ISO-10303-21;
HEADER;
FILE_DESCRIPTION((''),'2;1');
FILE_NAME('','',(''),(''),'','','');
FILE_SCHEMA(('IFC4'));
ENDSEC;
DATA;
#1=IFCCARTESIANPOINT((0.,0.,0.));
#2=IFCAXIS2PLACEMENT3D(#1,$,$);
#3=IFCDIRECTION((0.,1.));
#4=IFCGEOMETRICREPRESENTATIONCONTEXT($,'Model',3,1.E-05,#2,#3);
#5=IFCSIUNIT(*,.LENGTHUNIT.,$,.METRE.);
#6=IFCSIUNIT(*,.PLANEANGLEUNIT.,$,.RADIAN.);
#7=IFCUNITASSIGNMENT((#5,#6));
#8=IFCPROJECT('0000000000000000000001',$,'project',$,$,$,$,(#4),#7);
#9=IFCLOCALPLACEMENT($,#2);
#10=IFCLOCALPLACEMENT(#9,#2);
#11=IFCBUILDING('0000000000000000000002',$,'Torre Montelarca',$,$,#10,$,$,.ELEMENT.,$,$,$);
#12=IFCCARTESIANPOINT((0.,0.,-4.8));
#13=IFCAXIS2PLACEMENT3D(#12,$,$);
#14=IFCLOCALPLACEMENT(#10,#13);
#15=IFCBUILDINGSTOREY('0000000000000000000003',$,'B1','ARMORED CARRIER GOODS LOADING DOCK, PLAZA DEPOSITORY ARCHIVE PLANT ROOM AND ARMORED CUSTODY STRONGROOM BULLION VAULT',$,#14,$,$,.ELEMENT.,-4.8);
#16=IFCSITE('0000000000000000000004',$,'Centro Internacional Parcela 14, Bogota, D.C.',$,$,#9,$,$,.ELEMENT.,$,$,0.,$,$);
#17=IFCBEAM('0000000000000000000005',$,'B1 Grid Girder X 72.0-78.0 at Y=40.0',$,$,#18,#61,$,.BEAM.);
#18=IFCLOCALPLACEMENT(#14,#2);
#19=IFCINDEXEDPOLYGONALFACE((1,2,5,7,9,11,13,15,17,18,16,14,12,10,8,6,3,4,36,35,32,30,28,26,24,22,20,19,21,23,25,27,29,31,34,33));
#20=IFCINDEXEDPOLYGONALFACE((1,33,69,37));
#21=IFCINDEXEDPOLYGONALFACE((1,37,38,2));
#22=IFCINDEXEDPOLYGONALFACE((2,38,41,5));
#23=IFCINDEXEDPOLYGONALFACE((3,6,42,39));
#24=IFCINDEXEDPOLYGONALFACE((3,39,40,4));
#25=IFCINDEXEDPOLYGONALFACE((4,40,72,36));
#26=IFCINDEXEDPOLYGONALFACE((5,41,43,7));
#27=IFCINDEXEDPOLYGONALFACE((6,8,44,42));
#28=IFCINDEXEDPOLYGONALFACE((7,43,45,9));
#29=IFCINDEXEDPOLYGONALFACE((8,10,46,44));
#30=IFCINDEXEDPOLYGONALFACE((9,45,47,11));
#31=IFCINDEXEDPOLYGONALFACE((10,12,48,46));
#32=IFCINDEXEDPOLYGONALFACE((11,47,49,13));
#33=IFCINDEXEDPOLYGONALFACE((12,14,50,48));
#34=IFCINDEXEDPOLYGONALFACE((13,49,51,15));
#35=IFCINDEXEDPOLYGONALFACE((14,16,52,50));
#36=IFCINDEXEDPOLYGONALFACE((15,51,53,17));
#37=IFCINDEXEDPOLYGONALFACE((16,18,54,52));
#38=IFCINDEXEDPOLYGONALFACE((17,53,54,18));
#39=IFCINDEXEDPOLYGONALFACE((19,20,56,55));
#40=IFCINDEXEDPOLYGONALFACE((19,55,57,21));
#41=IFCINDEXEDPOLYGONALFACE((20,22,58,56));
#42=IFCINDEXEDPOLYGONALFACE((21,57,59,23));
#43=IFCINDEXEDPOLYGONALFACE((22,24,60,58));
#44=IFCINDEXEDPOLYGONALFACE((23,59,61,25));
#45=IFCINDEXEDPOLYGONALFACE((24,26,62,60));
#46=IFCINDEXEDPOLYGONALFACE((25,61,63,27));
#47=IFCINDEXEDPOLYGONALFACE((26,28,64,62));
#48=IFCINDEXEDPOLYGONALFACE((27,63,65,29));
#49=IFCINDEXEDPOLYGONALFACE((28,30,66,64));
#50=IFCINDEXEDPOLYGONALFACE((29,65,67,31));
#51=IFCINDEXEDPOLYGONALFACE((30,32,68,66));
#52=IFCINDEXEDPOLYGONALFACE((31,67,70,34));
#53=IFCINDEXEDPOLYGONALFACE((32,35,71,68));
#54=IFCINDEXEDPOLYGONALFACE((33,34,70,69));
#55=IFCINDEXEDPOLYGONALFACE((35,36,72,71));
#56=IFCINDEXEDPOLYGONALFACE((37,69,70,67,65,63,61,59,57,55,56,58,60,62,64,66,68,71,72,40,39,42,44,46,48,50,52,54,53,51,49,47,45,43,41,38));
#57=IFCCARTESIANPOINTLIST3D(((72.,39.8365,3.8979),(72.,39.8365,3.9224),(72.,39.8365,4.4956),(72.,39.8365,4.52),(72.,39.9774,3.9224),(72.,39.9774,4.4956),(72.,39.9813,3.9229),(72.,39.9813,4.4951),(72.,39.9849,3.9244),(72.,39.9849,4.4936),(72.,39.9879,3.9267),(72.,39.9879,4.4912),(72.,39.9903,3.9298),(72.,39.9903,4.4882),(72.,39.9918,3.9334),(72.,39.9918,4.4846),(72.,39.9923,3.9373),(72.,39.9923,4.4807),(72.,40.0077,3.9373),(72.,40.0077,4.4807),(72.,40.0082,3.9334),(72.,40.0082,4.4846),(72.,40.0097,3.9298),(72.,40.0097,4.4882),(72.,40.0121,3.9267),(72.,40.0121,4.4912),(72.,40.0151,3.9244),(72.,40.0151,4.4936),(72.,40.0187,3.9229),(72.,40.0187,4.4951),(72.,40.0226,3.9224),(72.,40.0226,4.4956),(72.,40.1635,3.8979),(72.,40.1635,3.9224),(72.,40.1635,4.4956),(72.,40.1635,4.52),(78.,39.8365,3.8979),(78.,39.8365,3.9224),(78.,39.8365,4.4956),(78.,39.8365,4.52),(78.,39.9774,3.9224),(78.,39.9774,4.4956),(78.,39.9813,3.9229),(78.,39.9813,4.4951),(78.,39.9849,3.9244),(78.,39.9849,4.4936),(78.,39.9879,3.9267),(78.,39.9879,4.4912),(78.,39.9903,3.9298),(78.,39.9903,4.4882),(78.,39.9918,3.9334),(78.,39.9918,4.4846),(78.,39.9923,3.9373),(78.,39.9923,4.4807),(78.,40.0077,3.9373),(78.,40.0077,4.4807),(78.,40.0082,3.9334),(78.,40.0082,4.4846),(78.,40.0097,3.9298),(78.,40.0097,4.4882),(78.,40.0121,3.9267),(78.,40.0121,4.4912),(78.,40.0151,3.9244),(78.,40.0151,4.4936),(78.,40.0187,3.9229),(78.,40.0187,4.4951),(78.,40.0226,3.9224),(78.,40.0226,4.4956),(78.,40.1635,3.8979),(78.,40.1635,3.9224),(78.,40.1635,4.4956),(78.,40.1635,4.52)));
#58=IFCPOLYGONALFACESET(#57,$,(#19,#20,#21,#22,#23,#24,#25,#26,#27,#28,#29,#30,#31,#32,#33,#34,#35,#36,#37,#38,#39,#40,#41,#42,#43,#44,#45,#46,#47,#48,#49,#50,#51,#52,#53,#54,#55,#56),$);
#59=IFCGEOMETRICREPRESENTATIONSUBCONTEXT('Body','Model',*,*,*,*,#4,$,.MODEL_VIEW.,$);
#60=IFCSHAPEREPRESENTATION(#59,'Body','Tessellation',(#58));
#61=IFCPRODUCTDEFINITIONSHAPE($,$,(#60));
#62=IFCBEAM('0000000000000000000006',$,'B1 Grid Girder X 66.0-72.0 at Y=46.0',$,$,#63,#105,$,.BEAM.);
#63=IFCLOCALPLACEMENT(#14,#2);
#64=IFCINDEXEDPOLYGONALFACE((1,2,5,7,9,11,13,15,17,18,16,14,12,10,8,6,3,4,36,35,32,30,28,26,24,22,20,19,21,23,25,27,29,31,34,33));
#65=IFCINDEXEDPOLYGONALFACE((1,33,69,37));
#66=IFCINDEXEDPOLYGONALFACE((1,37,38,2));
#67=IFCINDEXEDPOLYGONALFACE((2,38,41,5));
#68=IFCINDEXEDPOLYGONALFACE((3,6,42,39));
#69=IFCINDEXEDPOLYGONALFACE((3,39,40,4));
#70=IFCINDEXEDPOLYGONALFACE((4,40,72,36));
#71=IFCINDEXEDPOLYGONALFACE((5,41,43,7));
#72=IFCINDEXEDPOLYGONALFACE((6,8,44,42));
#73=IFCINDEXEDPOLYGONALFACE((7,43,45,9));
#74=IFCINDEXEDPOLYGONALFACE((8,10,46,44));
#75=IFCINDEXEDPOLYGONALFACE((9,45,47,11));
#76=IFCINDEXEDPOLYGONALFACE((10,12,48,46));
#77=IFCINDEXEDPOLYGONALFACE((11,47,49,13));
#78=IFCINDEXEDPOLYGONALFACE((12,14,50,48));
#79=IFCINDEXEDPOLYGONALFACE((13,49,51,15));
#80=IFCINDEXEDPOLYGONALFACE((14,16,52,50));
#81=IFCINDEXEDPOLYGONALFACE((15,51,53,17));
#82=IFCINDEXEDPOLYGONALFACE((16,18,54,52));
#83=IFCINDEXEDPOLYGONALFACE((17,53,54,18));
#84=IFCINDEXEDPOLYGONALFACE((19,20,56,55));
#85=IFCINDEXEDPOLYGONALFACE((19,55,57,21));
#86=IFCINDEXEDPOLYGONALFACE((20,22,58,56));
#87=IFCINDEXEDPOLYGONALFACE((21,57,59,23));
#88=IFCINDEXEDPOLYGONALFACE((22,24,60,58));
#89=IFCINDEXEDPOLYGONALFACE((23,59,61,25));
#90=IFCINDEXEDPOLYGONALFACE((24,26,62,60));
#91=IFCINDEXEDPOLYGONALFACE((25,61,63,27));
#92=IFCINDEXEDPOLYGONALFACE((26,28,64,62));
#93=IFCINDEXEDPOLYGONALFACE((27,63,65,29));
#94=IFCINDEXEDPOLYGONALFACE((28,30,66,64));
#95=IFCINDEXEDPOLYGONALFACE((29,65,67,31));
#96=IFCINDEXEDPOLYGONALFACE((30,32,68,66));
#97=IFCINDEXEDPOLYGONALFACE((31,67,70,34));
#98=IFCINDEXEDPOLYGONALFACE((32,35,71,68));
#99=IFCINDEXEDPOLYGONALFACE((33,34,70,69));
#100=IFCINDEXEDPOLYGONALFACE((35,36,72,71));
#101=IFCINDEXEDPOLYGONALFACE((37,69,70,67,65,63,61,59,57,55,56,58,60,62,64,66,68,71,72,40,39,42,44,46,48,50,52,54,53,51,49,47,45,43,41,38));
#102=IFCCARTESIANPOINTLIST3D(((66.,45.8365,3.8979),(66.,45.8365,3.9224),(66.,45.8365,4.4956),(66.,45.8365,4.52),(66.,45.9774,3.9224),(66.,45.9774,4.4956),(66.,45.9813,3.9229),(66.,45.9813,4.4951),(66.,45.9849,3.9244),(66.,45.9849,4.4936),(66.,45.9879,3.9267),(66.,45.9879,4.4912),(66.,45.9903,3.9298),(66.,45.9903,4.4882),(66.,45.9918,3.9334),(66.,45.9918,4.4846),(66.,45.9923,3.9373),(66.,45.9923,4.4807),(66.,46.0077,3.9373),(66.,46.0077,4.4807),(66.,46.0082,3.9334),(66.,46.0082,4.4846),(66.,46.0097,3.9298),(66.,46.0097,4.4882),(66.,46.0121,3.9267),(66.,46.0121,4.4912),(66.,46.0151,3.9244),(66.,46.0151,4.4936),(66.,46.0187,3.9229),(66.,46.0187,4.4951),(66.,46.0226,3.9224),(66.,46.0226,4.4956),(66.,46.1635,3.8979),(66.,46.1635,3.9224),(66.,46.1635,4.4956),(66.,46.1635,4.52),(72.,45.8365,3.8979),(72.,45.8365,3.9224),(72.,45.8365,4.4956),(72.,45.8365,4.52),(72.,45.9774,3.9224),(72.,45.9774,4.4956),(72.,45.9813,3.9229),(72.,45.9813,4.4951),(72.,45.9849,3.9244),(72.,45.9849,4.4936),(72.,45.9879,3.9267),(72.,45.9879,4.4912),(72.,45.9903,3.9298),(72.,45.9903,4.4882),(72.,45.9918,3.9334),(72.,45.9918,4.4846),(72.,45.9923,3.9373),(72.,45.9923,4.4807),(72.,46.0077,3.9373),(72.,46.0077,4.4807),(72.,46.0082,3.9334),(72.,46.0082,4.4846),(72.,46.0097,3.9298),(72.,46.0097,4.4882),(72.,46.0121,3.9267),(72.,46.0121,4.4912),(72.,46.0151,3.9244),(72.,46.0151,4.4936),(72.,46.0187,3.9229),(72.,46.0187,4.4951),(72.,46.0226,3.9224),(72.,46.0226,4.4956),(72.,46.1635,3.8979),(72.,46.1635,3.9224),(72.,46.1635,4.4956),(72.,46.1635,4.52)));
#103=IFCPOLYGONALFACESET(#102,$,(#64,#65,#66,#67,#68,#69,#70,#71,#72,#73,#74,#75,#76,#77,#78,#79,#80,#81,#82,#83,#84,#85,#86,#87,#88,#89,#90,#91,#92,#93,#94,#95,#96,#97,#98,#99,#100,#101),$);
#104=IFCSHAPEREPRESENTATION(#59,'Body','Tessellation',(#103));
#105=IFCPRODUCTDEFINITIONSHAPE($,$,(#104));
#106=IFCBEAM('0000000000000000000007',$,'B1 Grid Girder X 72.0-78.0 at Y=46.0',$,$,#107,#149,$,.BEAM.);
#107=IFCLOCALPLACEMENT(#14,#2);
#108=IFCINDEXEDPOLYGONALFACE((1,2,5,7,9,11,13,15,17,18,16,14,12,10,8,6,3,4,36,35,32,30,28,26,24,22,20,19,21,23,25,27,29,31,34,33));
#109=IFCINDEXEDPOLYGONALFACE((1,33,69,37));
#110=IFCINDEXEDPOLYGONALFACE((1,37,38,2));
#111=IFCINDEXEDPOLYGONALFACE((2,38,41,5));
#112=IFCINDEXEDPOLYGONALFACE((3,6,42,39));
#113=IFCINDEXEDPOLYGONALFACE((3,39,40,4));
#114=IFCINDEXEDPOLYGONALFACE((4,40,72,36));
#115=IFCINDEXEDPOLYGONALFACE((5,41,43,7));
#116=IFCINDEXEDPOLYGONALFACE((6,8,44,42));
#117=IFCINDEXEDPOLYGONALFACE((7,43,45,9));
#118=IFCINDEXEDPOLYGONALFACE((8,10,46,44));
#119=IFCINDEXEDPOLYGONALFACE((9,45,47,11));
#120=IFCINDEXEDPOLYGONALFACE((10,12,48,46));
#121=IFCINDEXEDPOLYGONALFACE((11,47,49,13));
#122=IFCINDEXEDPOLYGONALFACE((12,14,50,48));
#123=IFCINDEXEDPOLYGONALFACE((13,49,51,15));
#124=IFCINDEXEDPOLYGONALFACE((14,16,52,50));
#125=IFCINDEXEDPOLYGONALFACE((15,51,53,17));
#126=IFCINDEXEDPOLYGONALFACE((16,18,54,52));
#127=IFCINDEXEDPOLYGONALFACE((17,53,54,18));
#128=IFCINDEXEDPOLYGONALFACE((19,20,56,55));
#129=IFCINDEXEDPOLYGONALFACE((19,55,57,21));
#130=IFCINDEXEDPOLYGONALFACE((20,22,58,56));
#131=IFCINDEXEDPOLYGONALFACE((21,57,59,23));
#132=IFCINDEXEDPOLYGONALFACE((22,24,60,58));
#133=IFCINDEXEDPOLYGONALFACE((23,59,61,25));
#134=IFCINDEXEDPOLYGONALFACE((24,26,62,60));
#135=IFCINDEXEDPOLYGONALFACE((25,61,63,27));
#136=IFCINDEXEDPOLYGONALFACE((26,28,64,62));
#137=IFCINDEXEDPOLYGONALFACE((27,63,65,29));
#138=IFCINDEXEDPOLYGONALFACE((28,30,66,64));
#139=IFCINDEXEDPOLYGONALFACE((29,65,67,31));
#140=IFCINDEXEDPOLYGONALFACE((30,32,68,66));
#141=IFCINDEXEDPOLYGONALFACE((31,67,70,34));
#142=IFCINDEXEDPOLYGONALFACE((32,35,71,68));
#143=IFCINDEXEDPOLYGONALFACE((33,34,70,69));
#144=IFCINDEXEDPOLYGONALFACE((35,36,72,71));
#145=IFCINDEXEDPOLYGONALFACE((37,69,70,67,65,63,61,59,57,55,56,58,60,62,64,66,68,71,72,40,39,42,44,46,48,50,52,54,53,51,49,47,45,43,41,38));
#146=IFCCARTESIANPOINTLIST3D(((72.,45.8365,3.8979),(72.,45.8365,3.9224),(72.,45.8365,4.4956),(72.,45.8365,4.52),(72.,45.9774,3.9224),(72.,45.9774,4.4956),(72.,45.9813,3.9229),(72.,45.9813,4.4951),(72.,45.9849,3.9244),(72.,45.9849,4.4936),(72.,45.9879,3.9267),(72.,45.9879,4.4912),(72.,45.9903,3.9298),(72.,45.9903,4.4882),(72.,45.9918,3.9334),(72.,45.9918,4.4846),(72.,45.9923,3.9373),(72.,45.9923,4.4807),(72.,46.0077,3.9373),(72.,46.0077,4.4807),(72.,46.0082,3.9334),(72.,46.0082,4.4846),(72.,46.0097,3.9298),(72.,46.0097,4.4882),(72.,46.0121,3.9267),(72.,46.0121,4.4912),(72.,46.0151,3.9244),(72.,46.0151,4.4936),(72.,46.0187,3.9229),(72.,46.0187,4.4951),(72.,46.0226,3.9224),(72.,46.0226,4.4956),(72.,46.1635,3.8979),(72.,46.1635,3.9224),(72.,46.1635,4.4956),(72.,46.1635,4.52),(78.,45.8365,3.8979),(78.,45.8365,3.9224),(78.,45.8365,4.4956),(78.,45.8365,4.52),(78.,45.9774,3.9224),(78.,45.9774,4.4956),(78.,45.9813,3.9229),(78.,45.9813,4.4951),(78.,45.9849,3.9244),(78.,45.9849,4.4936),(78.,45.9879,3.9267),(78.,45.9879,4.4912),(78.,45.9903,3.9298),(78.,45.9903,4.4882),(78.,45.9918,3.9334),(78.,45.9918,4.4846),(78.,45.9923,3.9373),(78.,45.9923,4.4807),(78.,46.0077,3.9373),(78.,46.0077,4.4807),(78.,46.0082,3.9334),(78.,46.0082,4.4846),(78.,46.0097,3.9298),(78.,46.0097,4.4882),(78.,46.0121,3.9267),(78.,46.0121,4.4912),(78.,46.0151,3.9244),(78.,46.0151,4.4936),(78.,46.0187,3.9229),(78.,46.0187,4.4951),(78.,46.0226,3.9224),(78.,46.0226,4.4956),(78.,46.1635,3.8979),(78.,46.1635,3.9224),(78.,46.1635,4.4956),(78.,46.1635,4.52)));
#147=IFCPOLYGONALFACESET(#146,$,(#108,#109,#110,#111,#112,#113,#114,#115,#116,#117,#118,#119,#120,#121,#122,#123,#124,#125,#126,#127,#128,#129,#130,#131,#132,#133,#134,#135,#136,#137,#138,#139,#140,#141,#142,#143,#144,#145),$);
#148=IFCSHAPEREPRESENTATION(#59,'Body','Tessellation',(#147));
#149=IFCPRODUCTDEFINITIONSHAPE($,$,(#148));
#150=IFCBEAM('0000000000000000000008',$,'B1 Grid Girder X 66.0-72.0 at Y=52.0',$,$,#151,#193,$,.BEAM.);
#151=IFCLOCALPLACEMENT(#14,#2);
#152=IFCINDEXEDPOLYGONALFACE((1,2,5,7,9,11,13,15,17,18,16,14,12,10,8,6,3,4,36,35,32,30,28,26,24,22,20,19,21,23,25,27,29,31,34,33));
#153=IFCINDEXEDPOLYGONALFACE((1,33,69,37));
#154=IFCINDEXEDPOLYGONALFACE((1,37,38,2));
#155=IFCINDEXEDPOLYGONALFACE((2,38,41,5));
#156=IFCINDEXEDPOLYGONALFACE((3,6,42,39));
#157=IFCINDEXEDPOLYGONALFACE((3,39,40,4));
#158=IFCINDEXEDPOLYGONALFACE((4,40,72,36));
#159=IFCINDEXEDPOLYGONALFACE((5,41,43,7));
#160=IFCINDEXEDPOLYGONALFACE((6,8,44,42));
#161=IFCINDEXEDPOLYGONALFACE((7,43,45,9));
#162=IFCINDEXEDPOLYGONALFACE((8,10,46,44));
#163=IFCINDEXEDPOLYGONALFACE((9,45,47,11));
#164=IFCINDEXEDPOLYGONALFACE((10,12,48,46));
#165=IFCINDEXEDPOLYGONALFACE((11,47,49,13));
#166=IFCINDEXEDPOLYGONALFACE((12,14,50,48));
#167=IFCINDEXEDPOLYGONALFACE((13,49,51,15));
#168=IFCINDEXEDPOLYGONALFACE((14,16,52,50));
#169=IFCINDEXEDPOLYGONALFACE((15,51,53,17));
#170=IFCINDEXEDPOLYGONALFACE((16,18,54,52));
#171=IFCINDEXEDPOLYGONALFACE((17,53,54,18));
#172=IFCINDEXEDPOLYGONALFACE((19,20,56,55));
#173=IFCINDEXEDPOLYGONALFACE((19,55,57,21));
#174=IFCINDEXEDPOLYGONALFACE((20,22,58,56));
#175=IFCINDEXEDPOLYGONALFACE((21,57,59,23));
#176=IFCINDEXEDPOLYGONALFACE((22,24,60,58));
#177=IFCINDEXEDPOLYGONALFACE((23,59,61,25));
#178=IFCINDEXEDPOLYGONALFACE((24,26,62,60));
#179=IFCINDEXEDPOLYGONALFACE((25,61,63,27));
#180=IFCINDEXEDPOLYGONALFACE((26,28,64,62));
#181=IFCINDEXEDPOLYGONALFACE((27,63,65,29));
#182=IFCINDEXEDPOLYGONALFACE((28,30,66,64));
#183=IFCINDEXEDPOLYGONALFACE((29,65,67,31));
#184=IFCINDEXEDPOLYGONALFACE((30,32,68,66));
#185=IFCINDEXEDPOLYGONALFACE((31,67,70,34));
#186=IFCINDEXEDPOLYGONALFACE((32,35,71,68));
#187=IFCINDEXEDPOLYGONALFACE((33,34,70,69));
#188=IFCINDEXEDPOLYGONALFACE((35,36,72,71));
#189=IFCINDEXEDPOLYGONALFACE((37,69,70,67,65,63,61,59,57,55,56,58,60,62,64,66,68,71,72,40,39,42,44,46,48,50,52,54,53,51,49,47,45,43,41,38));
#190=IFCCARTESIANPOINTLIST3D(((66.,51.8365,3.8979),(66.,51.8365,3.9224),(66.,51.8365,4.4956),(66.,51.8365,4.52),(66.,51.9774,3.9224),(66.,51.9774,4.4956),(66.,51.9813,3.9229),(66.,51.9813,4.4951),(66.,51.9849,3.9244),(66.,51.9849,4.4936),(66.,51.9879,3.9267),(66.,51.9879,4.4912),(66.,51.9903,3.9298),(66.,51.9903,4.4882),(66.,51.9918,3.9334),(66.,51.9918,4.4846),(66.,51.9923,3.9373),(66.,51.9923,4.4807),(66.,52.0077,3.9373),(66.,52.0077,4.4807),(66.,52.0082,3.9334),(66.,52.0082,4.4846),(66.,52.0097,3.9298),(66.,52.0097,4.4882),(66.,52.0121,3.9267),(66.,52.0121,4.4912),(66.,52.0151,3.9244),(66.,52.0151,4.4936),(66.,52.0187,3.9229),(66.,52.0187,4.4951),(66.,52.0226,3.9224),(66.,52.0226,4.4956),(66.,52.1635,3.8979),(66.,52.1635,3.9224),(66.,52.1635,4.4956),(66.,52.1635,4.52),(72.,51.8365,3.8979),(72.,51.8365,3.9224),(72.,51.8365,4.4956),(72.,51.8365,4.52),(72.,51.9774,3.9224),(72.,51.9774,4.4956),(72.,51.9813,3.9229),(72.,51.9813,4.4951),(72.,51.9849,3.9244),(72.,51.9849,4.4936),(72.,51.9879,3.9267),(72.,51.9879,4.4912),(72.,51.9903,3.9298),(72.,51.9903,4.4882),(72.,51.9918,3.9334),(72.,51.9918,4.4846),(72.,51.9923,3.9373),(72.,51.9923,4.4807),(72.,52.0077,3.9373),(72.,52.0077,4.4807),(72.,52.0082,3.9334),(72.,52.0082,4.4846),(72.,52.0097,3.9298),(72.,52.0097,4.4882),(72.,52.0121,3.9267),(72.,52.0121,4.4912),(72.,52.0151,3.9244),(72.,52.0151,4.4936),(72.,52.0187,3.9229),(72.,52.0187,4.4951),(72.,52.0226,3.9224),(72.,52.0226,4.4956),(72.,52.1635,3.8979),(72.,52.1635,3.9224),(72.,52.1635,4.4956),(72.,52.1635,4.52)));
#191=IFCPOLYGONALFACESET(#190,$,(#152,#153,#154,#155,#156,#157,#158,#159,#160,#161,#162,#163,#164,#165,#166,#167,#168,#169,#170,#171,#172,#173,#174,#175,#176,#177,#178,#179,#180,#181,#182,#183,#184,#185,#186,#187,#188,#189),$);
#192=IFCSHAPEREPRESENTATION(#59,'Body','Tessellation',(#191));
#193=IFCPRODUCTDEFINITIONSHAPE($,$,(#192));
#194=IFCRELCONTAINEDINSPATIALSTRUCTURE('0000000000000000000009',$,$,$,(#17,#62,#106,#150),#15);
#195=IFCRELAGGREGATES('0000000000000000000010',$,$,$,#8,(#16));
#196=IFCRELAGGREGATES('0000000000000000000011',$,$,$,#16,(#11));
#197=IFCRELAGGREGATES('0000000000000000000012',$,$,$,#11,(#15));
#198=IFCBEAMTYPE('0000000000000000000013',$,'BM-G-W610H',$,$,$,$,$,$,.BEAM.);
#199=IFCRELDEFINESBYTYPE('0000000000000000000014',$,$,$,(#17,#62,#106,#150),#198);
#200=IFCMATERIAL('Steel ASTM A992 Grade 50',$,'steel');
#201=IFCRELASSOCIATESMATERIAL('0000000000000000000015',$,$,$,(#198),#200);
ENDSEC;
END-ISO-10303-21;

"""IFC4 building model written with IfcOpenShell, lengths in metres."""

from ifc_helpers import new_model, si_unit, direction, frame, origin, origin_2d, place, context, subcontext, project, spatial, i_section, extrude, source, transform, mapped, material, material_profile, profile_set, type_object, element, save


model = new_model("IFC4")

# Units and contexts
model_context = context("Model", 3, precision=1e-05, world=origin(), true_north=direction((0.0, 1.0)))
body_context = subcontext(model_context, "Body", "Model", "MODEL_VIEW")
ifc_project = project(units=[si_unit("LENGTHUNIT", "METRE"), si_unit("PLANEANGLEUNIT", "RADIAN")], contexts=[model_context])

# Site, building, storey
site_placement = place(None, origin())
site = spatial("IfcSite", under=ifc_project, at=site_placement, Name="Centro Internacional Parcela 14, Bogota, D.C.", CompositionType="ELEMENT", RefElevation=0.0)
building_placement = place(site_placement, origin())
building = spatial("IfcBuilding", under=site, at=building_placement, Name="Torre Montelarca", CompositionType="ELEMENT")
storey_placement = place(building_placement, frame((0.0, 0.0, -4.8)))
storey = spatial("IfcBuildingStorey", under=building, at=storey_placement, Name="B1", Description="ARMORED CARRIER GOODS LOADING DOCK, PLAZA DEPOSITORY ARCHIVE PLANT ROOM AND ARMORED CUSTODY STRONGROOM BULLION VAULT", CompositionType="ELEMENT", Elevation=-4.8)

# Beams
ifc_material_1 = material(Name="Steel ASTM A992 Grade 50", Category="steel")
ifc_material_profile_1 = material_profile(ifc_material_1, i_section(OverallWidth=0.3269, OverallDepth=0.6221, WebThickness=0.0154, FlangeThickness=0.0244, FilletRadius=0.0149, at=origin_2d()), Name="W610X195", Category="steel")
ifc_profile_set_1 = profile_set([ifc_material_profile_1], Name="Steel ASTM A992 Grade 50")
beam_type_1 = type_object("IfcBeamType", Name="BM-G-W610H", PredefinedType="BEAM", material=ifc_profile_set_1)
shared_shape_1 = source(origin(), body_context, "Body", "SweptSolid", [
    extrude(i_section(OverallWidth=0.3269, OverallDepth=0.6221, WebThickness=0.0154, FlangeThickness=0.0244, FilletRadius=0.0149, at=origin_2d()), origin(), (0.0, 0.0, 1.0), 6.0),
])
for number, where, z_axis, x_axis, name in (
    (1, (72.0, 40.0, 4.209), (1.0, 0.0, 0.0), (0.0, 1.0, 0.0), "B1 Grid Girder X 72.0-78.0 at Y=40.0"),
    (2, (66.0, 46.0, 4.209), (1.0, 0.0, 0.0), (0.0, 1.0, 0.0), "B1 Grid Girder X 66.0-72.0 at Y=46.0"),
    (3, (72.0, 46.0, 4.209), (1.0, 0.0, 0.0), (0.0, 1.0, 0.0), "B1 Grid Girder X 72.0-78.0 at Y=46.0"),
    (4, (66.0, 52.0, 4.209), (1.0, 0.0, 0.0), (0.0, 1.0, 0.0), "B1 Grid Girder X 66.0-72.0 at Y=52.0"),
):
    element("IfcBeam", number, at=place(storey_placement, frame(where, z_axis=z_axis, x_axis=x_axis)), inside=storey, type_object=beam_type_1, Name=name, PredefinedType="BEAM", context=body_context, shape_type="MappedRepresentation", body=[
        mapped(shared_shape_1, transform((0.0, 0.0, 0.0), scale=1.0)),
    ])

save(model, "model.ifc")
